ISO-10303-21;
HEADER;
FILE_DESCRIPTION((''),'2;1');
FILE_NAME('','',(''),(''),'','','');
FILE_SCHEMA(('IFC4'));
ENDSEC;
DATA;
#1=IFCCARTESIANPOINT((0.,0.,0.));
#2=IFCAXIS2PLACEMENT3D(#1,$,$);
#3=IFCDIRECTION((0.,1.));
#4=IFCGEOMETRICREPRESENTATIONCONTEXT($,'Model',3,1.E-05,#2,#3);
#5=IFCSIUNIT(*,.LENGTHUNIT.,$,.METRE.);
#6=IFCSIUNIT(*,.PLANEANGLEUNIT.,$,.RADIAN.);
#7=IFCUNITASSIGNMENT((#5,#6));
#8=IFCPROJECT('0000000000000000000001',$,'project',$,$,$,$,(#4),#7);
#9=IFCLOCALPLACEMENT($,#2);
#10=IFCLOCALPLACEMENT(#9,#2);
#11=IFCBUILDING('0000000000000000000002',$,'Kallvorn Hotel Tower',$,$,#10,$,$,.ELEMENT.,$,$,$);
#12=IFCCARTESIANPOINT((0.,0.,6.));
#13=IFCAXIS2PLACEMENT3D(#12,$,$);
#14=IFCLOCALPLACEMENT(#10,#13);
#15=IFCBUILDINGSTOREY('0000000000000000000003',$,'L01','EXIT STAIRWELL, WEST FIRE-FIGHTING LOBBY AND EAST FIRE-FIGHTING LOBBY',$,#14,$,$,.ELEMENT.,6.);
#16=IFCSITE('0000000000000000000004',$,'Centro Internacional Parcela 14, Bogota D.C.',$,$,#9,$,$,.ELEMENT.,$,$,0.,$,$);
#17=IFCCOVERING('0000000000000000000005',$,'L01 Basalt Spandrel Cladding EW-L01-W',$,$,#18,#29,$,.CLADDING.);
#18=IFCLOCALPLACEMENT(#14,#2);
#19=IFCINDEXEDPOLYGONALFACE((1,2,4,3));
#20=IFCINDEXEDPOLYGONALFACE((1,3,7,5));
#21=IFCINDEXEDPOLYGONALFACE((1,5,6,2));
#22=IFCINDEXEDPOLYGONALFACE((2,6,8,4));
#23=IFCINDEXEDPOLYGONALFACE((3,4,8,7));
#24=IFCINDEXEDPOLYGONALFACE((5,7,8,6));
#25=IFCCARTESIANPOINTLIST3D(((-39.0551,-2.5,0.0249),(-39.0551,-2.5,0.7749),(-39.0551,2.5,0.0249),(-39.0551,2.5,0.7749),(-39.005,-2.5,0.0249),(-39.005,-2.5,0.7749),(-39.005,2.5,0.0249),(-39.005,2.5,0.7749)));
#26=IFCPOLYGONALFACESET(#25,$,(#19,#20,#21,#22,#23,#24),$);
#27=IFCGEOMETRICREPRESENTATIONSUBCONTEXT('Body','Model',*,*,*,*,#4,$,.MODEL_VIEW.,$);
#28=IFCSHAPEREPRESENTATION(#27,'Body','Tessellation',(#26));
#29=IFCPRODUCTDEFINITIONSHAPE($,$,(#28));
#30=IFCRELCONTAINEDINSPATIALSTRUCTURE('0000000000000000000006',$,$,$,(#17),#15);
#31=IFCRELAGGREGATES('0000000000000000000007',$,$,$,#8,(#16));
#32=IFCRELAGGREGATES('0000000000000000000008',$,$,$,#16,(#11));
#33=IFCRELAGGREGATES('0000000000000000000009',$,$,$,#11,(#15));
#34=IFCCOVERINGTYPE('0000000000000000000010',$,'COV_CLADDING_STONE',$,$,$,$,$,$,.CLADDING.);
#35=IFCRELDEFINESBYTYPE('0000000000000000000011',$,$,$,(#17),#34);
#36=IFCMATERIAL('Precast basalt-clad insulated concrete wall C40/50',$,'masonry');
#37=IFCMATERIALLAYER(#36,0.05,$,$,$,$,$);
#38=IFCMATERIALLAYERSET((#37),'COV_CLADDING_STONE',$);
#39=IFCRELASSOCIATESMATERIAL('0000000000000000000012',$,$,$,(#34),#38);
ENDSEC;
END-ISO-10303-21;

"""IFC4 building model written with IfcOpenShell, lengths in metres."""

from ifc_helpers import new_model, si_unit, direction, frame, origin, origin_2d, place, context, subcontext, project, spatial, rectangle, extrude, material, layer, layer_set, type_object, element, save


model = new_model("IFC4")

# Units and contexts
model_context = context("Model", 3, precision=1e-05, world=origin(), true_north=direction((0.0, 1.0)))
body_context = subcontext(model_context, "Body", "Model", "MODEL_VIEW")
ifc_project = project(units=[si_unit("LENGTHUNIT", "METRE"), si_unit("PLANEANGLEUNIT", "RADIAN")], contexts=[model_context])

# Site, building, storey
site_placement = place(None, origin())
site = spatial("IfcSite", under=ifc_project, at=site_placement, Name="Centro Internacional Parcela 14, Bogota D.C.", CompositionType="ELEMENT", RefElevation=0.0)
building_placement = place(site_placement, origin())
building = spatial("IfcBuilding", under=site, at=building_placement, Name="Kallvorn Hotel Tower", CompositionType="ELEMENT")
storey_placement = place(building_placement, frame((0.0, 0.0, 6.0)))
storey = spatial("IfcBuildingStorey", under=building, at=storey_placement, Name="L01", Description="EXIT STAIRWELL, WEST FIRE-FIGHTING LOBBY AND EAST FIRE-FIGHTING LOBBY", CompositionType="ELEMENT", Elevation=6.0)

# Covering
ifc_material_1 = material(Name="Precast basalt-clad insulated concrete wall C40/50", Category="masonry")
ifc_layer_1 = layer(ifc_material_1, 0.05)
ifc_layer_set_1 = layer_set([ifc_layer_1], Name="COV_CLADDING_STONE")
covering_type = type_object("IfcCoveringType", Name="COV_CLADDING_STONE", PredefinedType="CLADDING", material=ifc_layer_set_1)
covering_placement = place(storey_placement, frame((-39.03, 0.0, 0.0249), z_axis=(0.0, 0.0, 1.0), x_axis=(0.0, 1.0, 0.0)))
element("IfcCovering", 1, at=covering_placement, inside=storey, type_object=covering_type, Name="L01 Basalt Spandrel Cladding EW-L01-W", PredefinedType="CLADDING", context=body_context, shape_type="SweptSolid", body=[
    extrude(rectangle(XDim=5.0, YDim=0.05, at=origin_2d()), origin(), (0.0, 0.0, 1.0), 0.75),
])

save(model, "model.ifc")
